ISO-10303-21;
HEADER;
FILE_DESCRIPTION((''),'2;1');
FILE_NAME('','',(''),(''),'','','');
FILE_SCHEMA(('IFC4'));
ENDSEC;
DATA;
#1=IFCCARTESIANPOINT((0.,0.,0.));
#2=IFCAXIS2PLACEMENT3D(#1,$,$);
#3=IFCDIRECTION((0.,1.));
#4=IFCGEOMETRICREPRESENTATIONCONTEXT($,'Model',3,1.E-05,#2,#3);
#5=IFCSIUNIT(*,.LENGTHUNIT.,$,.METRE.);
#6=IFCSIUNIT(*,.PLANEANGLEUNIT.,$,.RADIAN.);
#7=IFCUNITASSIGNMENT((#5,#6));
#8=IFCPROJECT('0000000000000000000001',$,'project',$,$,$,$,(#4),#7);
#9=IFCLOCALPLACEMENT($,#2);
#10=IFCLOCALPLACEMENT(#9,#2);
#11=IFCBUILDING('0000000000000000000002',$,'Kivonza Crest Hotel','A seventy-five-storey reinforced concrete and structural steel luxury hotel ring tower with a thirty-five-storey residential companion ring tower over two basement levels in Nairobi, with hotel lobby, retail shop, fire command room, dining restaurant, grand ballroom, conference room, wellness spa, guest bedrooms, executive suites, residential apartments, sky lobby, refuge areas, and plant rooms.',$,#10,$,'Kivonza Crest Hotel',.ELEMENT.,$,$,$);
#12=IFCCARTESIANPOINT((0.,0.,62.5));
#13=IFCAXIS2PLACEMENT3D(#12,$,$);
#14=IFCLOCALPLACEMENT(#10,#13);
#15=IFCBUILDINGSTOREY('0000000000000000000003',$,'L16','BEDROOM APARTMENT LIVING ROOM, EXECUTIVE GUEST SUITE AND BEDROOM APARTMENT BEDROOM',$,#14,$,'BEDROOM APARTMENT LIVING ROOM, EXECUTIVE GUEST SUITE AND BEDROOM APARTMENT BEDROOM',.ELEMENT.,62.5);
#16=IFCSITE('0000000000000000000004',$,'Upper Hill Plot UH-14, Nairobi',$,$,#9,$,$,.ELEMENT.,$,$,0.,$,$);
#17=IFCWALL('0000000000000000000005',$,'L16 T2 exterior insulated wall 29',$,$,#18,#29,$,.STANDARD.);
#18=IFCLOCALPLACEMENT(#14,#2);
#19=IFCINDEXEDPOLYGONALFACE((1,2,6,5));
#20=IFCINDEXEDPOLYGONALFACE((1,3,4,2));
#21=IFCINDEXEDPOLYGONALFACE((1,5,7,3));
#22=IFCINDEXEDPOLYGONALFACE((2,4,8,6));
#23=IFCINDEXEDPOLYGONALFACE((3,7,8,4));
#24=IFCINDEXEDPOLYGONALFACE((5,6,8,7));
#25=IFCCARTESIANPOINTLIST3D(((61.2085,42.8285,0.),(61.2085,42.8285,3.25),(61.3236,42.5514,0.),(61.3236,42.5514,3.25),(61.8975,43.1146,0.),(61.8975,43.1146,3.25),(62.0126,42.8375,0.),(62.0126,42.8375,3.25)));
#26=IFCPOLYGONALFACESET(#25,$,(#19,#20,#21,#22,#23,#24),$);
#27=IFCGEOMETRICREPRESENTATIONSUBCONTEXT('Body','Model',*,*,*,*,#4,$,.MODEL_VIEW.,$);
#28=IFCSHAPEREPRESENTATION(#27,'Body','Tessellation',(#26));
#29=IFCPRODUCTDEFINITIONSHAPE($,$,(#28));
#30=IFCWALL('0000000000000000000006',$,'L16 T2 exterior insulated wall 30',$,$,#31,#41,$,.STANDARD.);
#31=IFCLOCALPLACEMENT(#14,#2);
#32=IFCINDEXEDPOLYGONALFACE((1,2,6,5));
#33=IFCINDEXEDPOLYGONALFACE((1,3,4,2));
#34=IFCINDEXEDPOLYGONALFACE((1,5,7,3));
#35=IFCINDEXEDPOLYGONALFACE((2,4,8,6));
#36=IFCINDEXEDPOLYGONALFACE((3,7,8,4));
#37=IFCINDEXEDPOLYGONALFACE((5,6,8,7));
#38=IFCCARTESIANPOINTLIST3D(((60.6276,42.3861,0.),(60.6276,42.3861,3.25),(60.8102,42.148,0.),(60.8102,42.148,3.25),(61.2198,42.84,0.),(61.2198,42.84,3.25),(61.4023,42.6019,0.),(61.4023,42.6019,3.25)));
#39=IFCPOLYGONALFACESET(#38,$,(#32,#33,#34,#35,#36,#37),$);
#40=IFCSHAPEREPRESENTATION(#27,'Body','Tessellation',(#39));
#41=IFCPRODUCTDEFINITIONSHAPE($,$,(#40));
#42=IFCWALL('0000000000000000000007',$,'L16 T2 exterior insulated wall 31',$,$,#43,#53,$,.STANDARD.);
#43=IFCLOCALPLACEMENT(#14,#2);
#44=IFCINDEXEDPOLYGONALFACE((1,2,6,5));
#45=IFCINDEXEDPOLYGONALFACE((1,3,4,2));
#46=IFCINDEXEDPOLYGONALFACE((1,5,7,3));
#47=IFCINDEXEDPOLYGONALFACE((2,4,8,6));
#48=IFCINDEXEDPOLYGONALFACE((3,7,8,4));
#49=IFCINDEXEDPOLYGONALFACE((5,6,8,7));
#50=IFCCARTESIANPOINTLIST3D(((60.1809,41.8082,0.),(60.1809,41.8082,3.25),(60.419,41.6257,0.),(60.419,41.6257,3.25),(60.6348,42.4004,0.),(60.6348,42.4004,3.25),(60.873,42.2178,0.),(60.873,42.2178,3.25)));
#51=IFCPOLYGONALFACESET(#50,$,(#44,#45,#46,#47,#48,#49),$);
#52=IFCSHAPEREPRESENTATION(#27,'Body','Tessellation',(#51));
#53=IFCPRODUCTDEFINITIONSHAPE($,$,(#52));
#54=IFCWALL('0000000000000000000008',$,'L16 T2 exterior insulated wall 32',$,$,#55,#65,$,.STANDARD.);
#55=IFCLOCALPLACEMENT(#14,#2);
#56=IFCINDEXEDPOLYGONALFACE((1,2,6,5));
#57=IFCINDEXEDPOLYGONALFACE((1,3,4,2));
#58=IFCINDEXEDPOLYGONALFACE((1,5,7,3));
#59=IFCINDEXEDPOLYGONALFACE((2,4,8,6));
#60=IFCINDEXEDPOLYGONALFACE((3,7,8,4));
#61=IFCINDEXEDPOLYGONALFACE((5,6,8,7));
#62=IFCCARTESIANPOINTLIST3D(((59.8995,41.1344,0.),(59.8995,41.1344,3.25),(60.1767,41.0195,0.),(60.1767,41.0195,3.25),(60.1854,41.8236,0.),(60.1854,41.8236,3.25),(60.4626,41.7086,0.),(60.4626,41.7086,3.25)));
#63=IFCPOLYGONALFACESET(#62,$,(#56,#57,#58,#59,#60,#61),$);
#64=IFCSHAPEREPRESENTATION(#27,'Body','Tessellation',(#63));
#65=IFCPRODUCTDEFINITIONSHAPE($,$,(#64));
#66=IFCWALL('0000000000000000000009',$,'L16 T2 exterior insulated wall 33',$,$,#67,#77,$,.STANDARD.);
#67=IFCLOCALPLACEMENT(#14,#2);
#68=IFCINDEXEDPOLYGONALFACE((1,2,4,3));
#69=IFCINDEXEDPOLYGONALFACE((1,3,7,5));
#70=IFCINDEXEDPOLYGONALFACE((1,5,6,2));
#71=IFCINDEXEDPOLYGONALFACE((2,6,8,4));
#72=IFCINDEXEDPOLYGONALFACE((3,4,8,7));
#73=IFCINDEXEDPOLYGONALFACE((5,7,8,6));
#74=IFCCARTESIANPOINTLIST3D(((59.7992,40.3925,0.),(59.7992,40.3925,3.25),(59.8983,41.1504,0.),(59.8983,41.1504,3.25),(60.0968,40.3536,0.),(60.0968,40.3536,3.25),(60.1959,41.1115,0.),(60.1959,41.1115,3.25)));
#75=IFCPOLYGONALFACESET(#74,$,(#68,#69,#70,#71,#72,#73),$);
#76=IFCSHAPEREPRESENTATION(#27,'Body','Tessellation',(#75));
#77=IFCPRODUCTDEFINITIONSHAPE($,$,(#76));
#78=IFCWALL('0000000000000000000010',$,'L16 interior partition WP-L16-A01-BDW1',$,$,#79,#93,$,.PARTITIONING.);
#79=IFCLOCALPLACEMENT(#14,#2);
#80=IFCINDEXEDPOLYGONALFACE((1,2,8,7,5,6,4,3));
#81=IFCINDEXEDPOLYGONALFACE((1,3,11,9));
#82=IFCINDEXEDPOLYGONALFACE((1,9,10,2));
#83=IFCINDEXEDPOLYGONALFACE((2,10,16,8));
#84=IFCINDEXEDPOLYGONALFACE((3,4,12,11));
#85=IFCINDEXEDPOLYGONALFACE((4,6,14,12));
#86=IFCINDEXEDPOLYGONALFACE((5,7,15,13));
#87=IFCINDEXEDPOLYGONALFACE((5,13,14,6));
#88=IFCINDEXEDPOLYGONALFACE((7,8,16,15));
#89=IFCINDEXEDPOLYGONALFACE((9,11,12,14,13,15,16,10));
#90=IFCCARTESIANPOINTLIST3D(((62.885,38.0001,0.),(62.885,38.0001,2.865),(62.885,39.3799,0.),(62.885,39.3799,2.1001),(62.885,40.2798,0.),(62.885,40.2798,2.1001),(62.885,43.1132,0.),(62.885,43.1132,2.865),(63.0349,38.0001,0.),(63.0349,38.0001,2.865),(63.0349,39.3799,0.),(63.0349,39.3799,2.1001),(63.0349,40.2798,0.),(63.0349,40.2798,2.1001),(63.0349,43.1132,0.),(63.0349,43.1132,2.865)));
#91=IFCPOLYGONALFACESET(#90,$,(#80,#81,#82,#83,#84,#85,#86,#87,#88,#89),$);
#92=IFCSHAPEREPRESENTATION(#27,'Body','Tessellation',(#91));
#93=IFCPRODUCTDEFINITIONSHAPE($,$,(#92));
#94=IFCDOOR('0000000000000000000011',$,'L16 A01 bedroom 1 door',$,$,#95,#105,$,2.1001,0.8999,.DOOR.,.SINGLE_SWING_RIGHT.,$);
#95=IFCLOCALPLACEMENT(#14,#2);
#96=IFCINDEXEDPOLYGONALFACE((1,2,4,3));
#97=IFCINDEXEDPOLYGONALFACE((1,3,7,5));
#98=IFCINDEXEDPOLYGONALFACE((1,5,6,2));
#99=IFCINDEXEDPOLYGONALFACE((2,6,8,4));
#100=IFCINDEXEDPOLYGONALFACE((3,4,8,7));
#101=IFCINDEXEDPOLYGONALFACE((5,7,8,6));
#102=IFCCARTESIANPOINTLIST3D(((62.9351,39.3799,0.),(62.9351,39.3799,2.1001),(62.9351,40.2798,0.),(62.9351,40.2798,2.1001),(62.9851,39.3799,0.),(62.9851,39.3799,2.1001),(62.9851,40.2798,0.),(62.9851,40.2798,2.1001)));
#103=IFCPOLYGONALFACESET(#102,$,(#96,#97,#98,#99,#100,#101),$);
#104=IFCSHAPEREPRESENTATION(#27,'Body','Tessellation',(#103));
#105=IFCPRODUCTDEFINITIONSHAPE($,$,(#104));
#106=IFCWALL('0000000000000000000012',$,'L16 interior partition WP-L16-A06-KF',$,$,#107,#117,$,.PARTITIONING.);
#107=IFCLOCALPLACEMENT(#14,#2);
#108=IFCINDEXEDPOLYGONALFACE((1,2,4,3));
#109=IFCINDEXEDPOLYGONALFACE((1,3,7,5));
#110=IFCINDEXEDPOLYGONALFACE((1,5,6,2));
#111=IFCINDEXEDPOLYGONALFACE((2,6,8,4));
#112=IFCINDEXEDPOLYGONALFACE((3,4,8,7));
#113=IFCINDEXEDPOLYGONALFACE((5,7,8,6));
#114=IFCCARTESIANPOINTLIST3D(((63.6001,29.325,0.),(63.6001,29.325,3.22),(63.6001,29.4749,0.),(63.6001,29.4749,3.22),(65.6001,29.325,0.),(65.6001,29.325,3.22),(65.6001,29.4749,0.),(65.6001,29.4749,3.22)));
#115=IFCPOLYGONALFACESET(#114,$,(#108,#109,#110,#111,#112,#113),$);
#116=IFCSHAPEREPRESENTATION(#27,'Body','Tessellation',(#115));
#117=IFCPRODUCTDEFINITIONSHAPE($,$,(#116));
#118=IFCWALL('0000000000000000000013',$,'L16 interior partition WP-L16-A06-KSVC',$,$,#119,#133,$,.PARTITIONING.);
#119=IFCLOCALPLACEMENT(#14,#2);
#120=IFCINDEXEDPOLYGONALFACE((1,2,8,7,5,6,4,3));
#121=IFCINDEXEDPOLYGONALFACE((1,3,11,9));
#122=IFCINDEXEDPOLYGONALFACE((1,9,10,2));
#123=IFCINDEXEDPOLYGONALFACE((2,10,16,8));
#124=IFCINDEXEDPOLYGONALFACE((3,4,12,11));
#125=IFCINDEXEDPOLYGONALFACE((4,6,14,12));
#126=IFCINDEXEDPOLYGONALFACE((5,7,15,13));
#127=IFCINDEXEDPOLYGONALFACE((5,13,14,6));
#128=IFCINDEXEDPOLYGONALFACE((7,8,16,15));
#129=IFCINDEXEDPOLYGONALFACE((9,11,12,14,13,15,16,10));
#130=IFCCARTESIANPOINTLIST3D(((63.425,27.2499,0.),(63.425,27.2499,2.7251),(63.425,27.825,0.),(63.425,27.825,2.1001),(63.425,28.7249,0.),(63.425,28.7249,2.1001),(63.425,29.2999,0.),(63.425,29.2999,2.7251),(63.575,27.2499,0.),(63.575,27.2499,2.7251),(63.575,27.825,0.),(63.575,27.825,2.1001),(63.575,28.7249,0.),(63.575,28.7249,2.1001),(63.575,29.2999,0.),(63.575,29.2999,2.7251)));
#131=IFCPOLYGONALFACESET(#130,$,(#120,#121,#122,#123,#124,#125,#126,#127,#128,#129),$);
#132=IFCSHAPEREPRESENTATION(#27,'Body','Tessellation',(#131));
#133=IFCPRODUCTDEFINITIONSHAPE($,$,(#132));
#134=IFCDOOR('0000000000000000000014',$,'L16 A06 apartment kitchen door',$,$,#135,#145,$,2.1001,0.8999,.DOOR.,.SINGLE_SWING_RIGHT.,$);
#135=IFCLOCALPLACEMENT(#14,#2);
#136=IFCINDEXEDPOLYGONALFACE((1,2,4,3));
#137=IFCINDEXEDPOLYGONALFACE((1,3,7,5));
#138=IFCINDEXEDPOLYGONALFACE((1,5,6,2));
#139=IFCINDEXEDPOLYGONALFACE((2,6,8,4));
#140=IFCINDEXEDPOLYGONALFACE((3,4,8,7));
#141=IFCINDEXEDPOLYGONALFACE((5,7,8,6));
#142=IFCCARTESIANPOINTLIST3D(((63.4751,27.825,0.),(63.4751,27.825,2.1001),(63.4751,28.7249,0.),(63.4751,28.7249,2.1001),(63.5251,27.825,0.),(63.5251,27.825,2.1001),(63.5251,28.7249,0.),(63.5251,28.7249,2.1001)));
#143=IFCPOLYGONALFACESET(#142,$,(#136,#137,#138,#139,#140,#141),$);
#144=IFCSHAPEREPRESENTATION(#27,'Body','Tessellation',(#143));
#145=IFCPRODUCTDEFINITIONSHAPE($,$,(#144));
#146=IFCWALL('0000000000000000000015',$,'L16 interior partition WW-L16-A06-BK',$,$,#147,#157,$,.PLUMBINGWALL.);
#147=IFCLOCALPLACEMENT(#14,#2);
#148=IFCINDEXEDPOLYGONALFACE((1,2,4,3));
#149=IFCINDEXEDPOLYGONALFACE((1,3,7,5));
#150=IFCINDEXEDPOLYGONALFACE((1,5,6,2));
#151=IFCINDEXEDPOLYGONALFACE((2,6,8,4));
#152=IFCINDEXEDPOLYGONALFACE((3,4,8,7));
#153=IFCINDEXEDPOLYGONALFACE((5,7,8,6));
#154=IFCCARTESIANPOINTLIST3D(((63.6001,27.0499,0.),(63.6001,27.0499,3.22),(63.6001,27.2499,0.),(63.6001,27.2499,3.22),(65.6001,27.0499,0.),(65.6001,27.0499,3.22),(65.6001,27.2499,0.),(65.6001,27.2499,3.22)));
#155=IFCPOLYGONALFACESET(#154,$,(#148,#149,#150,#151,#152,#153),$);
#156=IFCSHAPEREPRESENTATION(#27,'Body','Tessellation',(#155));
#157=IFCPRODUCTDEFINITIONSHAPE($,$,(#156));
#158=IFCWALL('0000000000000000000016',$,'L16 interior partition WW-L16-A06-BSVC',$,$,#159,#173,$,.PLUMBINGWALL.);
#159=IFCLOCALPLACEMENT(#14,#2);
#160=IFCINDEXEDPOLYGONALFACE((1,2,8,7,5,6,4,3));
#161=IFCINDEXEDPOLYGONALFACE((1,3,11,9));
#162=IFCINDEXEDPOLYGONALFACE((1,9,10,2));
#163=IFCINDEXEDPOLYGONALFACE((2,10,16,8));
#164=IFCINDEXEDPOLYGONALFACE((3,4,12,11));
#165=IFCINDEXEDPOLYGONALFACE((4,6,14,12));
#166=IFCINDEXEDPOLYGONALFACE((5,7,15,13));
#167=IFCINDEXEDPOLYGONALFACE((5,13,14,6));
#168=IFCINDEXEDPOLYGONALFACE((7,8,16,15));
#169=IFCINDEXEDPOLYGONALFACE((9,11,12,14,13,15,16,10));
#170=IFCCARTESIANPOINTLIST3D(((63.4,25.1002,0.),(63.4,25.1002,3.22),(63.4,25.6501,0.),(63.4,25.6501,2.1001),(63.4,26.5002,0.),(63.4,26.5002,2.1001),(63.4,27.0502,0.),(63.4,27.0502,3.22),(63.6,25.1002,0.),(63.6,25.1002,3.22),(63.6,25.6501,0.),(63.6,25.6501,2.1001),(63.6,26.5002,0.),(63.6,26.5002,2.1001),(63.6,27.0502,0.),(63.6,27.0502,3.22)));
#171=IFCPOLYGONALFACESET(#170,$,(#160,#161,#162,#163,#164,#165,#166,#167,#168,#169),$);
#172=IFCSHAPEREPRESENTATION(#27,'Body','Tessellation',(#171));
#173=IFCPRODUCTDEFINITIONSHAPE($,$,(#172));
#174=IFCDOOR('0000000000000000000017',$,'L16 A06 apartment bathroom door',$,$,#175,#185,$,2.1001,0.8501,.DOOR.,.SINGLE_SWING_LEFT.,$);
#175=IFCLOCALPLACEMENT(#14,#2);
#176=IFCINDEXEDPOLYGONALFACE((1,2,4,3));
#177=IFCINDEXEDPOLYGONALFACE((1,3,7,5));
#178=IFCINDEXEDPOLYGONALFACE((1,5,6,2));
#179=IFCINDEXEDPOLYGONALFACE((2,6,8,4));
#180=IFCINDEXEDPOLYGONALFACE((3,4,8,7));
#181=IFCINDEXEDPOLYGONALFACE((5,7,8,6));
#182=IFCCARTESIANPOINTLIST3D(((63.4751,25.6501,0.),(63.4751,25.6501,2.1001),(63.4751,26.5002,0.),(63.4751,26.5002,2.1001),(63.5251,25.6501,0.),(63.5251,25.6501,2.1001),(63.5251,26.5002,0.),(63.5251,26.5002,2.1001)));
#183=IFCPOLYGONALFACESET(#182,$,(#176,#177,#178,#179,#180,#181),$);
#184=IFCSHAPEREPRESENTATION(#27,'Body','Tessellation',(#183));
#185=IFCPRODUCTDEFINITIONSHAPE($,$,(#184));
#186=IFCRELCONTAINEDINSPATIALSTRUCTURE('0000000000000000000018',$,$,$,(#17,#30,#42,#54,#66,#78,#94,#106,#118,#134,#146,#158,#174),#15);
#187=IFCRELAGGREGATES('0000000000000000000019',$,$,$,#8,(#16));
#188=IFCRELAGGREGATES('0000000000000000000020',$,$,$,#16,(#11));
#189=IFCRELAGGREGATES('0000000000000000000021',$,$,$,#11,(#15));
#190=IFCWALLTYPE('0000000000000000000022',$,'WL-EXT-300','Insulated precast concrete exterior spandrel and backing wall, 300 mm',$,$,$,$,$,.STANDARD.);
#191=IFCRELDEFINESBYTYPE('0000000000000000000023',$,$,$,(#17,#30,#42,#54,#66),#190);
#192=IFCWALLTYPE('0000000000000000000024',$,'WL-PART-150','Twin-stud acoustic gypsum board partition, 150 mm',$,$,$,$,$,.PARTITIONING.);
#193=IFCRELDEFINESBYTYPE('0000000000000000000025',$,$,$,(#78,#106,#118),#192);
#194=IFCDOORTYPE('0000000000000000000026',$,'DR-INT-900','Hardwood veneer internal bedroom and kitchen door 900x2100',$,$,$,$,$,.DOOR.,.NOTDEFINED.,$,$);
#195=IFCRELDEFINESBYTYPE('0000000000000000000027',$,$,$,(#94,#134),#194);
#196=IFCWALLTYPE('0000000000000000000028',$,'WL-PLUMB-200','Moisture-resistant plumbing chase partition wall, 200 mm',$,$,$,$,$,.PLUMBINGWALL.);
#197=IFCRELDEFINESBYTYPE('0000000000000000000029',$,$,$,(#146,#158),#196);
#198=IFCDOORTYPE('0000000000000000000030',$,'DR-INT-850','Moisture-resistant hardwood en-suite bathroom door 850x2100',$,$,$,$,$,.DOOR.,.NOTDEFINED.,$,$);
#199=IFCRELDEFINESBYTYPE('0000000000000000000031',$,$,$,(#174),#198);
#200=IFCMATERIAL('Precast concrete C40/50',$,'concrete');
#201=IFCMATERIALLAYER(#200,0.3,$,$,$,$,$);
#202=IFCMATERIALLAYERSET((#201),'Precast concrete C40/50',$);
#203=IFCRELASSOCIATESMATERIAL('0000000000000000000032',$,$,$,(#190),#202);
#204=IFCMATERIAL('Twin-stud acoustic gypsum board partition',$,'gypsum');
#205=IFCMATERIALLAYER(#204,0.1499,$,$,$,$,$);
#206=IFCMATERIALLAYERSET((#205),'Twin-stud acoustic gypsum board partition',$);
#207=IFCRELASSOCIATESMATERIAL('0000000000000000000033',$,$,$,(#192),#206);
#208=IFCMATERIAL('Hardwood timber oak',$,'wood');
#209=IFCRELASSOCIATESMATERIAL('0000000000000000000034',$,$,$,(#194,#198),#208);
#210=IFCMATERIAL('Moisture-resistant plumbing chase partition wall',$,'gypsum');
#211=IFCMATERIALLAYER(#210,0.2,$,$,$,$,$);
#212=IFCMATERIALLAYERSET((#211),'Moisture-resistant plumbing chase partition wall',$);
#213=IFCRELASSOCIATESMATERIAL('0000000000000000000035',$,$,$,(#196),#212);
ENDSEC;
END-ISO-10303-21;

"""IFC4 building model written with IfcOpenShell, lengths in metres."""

from ifc_helpers import new_model, si_unit, direction, frame, frame_2d, origin, place, context, subcontext, project, spatial, rectangle, extrude, material, layer, layer_set, type_object, element, fill, save


model = new_model("IFC4")

# Units and contexts
model_context = context("Model", 3, precision=1e-05, world=origin(), true_north=direction((0.0, 1.0)))
body_context = subcontext(model_context, "Body", "Model", "MODEL_VIEW")
ifc_project = project(units=[si_unit("LENGTHUNIT", "METRE"), si_unit("PLANEANGLEUNIT", "RADIAN")], contexts=[model_context])

# Site, building, storey
site_placement = place(None, origin())
site = spatial("IfcSite", under=ifc_project, at=site_placement, Name="Upper Hill Plot UH-14, Nairobi", CompositionType="ELEMENT", RefElevation=0.0)
building_placement = place(site_placement, origin())
building = spatial("IfcBuilding", under=site, at=building_placement, Name="Kivonza Crest Hotel", Description="A seventy-five-storey reinforced concrete and structural steel luxury hotel ring tower with a thirty-five-storey residential companion ring tower over two basement levels in Nairobi, with hotel lobby, retail shop, fire command room, dining restaurant, grand ballroom, conference room, wellness spa, guest bedrooms, executive suites, residential apartments, sky lobby, refuge areas, and plant rooms.", LongName="Kivonza Crest Hotel", CompositionType="ELEMENT")
storey_placement = place(building_placement, frame((0.0, 0.0, 62.5)))
storey = spatial("IfcBuildingStorey", under=building, at=storey_placement, Name="L16", Description="BEDROOM APARTMENT LIVING ROOM, EXECUTIVE GUEST SUITE AND BEDROOM APARTMENT BEDROOM", LongName="BEDROOM APARTMENT LIVING ROOM, EXECUTIVE GUEST SUITE AND BEDROOM APARTMENT BEDROOM", CompositionType="ELEMENT", Elevation=62.5)

# Walls
ifc_material_1 = material(Name="Precast concrete C40/50", Category="concrete")
ifc_layer_1 = layer(ifc_material_1, 0.3)
ifc_layer_set_1 = layer_set([ifc_layer_1], Name="Precast concrete C40/50")
wall_type_1 = type_object("IfcWallType", Name="WL-EXT-300", Description="Insulated precast concrete exterior spandrel and backing wall, 300 mm", PredefinedType="STANDARD", material=ifc_layer_set_1)
for number, where, z_axis, x_axis, name in (
    (1, (61.9551, 42.9761, 0.0), (0.0, 0.0, 1.0), (-0.923522, -0.383546, 0.0), "L16 T2 exterior insulated wall 29"),
    (2, (61.311, 42.7209, 0.0), (0.0, 0.0, 1.0), (-0.793633, -0.608397, 0.0), "L16 T2 exterior insulated wall 30"),
    (3, (60.7539, 42.3091, 0.0), (0.0, 0.0, 1.0), (-0.608397, -0.793633, 0.0), "L16 T2 exterior insulated wall 31"),
    (4, (60.324, 41.7661, 0.0), (0.0, 0.0, 1.0), (-0.383151, -0.923686, 0.0), "L16 T2 exterior insulated wall 32"),
):
    element("IfcWall", number, at=place(storey_placement, frame(where, z_axis=z_axis, x_axis=x_axis)), inside=storey, type_object=wall_type_1, Name=name, PredefinedType="STANDARD", context=body_context, shape_type="SweptSolid", body=[
        extrude(rectangle(XDim=0.7461, YDim=0.3, at=frame_2d((0.373, 0.0))), origin(), (0.0, 0.0, 1.0), 3.25),
    ])
wall_1_placement = place(storey_placement, frame((60.0471, 41.1311, 0.0), z_axis=(0.0, 0.0, 1.0), x_axis=(-0.129653, -0.991559, 0.0)))
element("IfcWall", 5, at=wall_1_placement, inside=storey, type_object=wall_type_1, Name="L16 T2 exterior insulated wall 33", PredefinedType="STANDARD", context=body_context, shape_type="SweptSolid", body=[
    extrude(rectangle(XDim=0.7644, YDim=0.3, at=frame_2d((0.3823, 0.0))), origin(), (0.0, 0.0, 1.0), 3.25),
])

# Wall, opening, door
ifc_material_2 = material(Name="Twin-stud acoustic gypsum board partition", Category="gypsum")
ifc_layer_2 = layer(ifc_material_2, 0.1499)
ifc_layer_set_2 = layer_set([ifc_layer_2], Name="Twin-stud acoustic gypsum board partition")
wall_type_2 = type_object("IfcWallType", Name="WL-PART-150", Description="Twin-stud acoustic gypsum board partition, 150 mm", PredefinedType="PARTITIONING", material=ifc_layer_set_2)
wall_2_placement = place(storey_placement, frame((62.96, 38.0, 0.0), z_axis=(0.0, 0.0, 1.0), x_axis=(0.0, 1.0, 0.0)))
wall_2 = element("IfcWall", 6, at=wall_2_placement, inside=storey, type_object=wall_type_2, Name="L16 interior partition WP-L16-A01-BDW1", PredefinedType="PARTITIONING", context=body_context, shape_type="SweptSolid", body=[
    extrude(rectangle(XDim=5.113, YDim=0.1499, at=frame_2d((2.5566, 0.0))), origin(), (0.0, 0.0, 1.0), 2.865),
])
opening_1_placement = place(wall_2_placement, frame((1.3799, 0.0, 0.0)))
opening_1 = element("IfcOpeningElement", 7, at=opening_1_placement, cuts=wall_2, PredefinedType="OPENING", context=body_context, shape_type="SweptSolid", body=[
    extrude(rectangle(XDim=0.8999, YDim=2.1001, at=frame_2d((0.45, 1.05))), frame((0.0, 0.085, 0.0), z_axis=(0.0, -1.0, 0.0), x_axis=(1.0, 0.0, 0.0)), (0.0, 0.0, 1.0), 0.1699),
])
ifc_material_3 = material(Name="Hardwood timber oak", Category="wood")
door_type_1 = type_object("IfcDoorType", Name="DR-INT-900", Description="Hardwood veneer internal bedroom and kitchen door 900x2100", OperationType="NOTDEFINED", PredefinedType="DOOR", material=ifc_material_3)
door_1_placement = place(opening_1_placement, origin())
door_1 = element("IfcDoor", 8, at=door_1_placement, inside=storey, type_object=door_type_1, Name="L16 A01 bedroom 1 door", OperationType="SINGLE_SWING_RIGHT", OverallHeight=2.1001, OverallWidth=0.8999, PredefinedType="DOOR", context=body_context, shape_type="SweptSolid", body=[
    extrude(rectangle(XDim=0.8999, YDim=2.1001, at=frame_2d((0.45, 1.05))), frame((0.0, 0.0249, 0.0), z_axis=(0.0, -1.0, 0.0), x_axis=(1.0, 0.0, 0.0)), (0.0, 0.0, 1.0), 0.05),
])
fill(opening_1, door_1)

# Wall
wall_3_placement = place(storey_placement, frame((63.6001, 29.3999, 0.0), z_axis=(0.0, 0.0, 1.0), x_axis=(1.0, 0.0, 0.0)))
element("IfcWall", 9, at=wall_3_placement, inside=storey, type_object=wall_type_2, Name="L16 interior partition WP-L16-A06-KF", PredefinedType="PARTITIONING", context=body_context, shape_type="SweptSolid", body=[
    extrude(rectangle(XDim=2.0, YDim=0.1499, at=frame_2d((1.0, 0.0))), origin(), (0.0, 0.0, 1.0), 3.22),
])

# Wall, opening, door
wall_4_placement = place(storey_placement, frame((63.5, 27.25, 0.0), z_axis=(0.0, 0.0, 1.0), x_axis=(0.0, 1.0, 0.0)))
wall_4 = element("IfcWall", 10, at=wall_4_placement, inside=storey, type_object=wall_type_2, Name="L16 interior partition WP-L16-A06-KSVC", PredefinedType="PARTITIONING", context=body_context, shape_type="SweptSolid", body=[
    extrude(rectangle(XDim=2.05, YDim=0.1499, at=frame_2d((1.0249, 0.0))), origin(), (0.0, 0.0, 1.0), 2.7251),
])
opening_2_placement = place(wall_4_placement, frame((0.575, 0.0, 0.0)))
opening_2 = element("IfcOpeningElement", 11, at=opening_2_placement, cuts=wall_4, PredefinedType="OPENING", context=body_context, shape_type="SweptSolid", body=[
    extrude(rectangle(XDim=0.8999, YDim=2.1001, at=frame_2d((0.45, 1.05))), frame((0.0, 0.085, 0.0), z_axis=(0.0, -1.0, 0.0), x_axis=(1.0, 0.0, 0.0)), (0.0, 0.0, 1.0), 0.1699),
])
door_2_placement = place(opening_2_placement, origin())
door_2 = element("IfcDoor", 12, at=door_2_placement, inside=storey, type_object=door_type_1, Name="L16 A06 apartment kitchen door", OperationType="SINGLE_SWING_RIGHT", OverallHeight=2.1001, OverallWidth=0.8999, PredefinedType="DOOR", context=body_context, shape_type="SweptSolid", body=[
    extrude(rectangle(XDim=0.8999, YDim=2.1001, at=frame_2d((0.45, 1.05))), frame((0.0, 0.0249, 0.0), z_axis=(0.0, -1.0, 0.0), x_axis=(1.0, 0.0, 0.0)), (0.0, 0.0, 1.0), 0.05),
])
fill(opening_2, door_2)

# Wall
ifc_material_4 = material(Name="Moisture-resistant plumbing chase partition wall", Category="gypsum")
ifc_layer_3 = layer(ifc_material_4, 0.2)
ifc_layer_set_3 = layer_set([ifc_layer_3], Name="Moisture-resistant plumbing chase partition wall")
wall_type_3 = type_object("IfcWallType", Name="WL-PLUMB-200", Description="Moisture-resistant plumbing chase partition wall, 200 mm", PredefinedType="PLUMBINGWALL", material=ifc_layer_set_3)
wall_5_placement = place(storey_placement, frame((63.6001, 27.1499, 0.0), z_axis=(0.0, 0.0, 1.0), x_axis=(1.0, 0.0, 0.0)))
element("IfcWall", 13, at=wall_5_placement, inside=storey, type_object=wall_type_3, Name="L16 interior partition WW-L16-A06-BK", PredefinedType="PLUMBINGWALL", context=body_context, shape_type="SweptSolid", body=[
    extrude(rectangle(XDim=2.0, YDim=0.2, at=frame_2d((1.0, 0.0))), origin(), (0.0, 0.0, 1.0), 3.22),
])

# Wall, opening, door
wall_6_placement = place(storey_placement, frame((63.5, 25.1001, 0.0), z_axis=(0.0, 0.0, 1.0), x_axis=(0.0, 1.0, 0.0)))
wall_6 = element("IfcWall", 14, at=wall_6_placement, inside=storey, type_object=wall_type_3, Name="L16 interior partition WW-L16-A06-BSVC", PredefinedType="PLUMBINGWALL", context=body_context, shape_type="SweptSolid", body=[
    extrude(rectangle(XDim=1.95, YDim=0.2, at=frame_2d((0.9751, 0.0))), origin(), (0.0, 0.0, 1.0), 3.22),
])
opening_3_placement = place(wall_6_placement, frame((0.55, 0.0, 0.0)))
opening_3 = element("IfcOpeningElement", 15, at=opening_3_placement, cuts=wall_6, PredefinedType="OPENING", context=body_context, shape_type="SweptSolid", body=[
    extrude(rectangle(XDim=0.8501, YDim=2.1001, at=frame_2d((0.425, 1.05))), frame((0.0, 0.1099, 0.0), z_axis=(0.0, -1.0, 0.0), x_axis=(1.0, 0.0, 0.0)), (0.0, 0.0, 1.0), 0.22),
])
door_type_2 = type_object("IfcDoorType", Name="DR-INT-850", Description="Moisture-resistant hardwood en-suite bathroom door 850x2100", OperationType="NOTDEFINED", PredefinedType="DOOR", material=ifc_material_3)
door_3_placement = place(opening_3_placement, origin())
door_3 = element("IfcDoor", 16, at=door_3_placement, inside=storey, type_object=door_type_2, Name="L16 A06 apartment bathroom door", OperationType="SINGLE_SWING_LEFT", OverallHeight=2.1001, OverallWidth=0.8501, PredefinedType="DOOR", context=body_context, shape_type="SweptSolid", body=[
    extrude(rectangle(XDim=0.8501, YDim=2.1001, at=frame_2d((0.425, 1.05))), frame((0.0, 0.0249, 0.0), z_axis=(0.0, -1.0, 0.0), x_axis=(1.0, 0.0, 0.0)), (0.0, 0.0, 1.0), 0.05),
])
fill(opening_3, door_3)

save(model, "model.ifc")
